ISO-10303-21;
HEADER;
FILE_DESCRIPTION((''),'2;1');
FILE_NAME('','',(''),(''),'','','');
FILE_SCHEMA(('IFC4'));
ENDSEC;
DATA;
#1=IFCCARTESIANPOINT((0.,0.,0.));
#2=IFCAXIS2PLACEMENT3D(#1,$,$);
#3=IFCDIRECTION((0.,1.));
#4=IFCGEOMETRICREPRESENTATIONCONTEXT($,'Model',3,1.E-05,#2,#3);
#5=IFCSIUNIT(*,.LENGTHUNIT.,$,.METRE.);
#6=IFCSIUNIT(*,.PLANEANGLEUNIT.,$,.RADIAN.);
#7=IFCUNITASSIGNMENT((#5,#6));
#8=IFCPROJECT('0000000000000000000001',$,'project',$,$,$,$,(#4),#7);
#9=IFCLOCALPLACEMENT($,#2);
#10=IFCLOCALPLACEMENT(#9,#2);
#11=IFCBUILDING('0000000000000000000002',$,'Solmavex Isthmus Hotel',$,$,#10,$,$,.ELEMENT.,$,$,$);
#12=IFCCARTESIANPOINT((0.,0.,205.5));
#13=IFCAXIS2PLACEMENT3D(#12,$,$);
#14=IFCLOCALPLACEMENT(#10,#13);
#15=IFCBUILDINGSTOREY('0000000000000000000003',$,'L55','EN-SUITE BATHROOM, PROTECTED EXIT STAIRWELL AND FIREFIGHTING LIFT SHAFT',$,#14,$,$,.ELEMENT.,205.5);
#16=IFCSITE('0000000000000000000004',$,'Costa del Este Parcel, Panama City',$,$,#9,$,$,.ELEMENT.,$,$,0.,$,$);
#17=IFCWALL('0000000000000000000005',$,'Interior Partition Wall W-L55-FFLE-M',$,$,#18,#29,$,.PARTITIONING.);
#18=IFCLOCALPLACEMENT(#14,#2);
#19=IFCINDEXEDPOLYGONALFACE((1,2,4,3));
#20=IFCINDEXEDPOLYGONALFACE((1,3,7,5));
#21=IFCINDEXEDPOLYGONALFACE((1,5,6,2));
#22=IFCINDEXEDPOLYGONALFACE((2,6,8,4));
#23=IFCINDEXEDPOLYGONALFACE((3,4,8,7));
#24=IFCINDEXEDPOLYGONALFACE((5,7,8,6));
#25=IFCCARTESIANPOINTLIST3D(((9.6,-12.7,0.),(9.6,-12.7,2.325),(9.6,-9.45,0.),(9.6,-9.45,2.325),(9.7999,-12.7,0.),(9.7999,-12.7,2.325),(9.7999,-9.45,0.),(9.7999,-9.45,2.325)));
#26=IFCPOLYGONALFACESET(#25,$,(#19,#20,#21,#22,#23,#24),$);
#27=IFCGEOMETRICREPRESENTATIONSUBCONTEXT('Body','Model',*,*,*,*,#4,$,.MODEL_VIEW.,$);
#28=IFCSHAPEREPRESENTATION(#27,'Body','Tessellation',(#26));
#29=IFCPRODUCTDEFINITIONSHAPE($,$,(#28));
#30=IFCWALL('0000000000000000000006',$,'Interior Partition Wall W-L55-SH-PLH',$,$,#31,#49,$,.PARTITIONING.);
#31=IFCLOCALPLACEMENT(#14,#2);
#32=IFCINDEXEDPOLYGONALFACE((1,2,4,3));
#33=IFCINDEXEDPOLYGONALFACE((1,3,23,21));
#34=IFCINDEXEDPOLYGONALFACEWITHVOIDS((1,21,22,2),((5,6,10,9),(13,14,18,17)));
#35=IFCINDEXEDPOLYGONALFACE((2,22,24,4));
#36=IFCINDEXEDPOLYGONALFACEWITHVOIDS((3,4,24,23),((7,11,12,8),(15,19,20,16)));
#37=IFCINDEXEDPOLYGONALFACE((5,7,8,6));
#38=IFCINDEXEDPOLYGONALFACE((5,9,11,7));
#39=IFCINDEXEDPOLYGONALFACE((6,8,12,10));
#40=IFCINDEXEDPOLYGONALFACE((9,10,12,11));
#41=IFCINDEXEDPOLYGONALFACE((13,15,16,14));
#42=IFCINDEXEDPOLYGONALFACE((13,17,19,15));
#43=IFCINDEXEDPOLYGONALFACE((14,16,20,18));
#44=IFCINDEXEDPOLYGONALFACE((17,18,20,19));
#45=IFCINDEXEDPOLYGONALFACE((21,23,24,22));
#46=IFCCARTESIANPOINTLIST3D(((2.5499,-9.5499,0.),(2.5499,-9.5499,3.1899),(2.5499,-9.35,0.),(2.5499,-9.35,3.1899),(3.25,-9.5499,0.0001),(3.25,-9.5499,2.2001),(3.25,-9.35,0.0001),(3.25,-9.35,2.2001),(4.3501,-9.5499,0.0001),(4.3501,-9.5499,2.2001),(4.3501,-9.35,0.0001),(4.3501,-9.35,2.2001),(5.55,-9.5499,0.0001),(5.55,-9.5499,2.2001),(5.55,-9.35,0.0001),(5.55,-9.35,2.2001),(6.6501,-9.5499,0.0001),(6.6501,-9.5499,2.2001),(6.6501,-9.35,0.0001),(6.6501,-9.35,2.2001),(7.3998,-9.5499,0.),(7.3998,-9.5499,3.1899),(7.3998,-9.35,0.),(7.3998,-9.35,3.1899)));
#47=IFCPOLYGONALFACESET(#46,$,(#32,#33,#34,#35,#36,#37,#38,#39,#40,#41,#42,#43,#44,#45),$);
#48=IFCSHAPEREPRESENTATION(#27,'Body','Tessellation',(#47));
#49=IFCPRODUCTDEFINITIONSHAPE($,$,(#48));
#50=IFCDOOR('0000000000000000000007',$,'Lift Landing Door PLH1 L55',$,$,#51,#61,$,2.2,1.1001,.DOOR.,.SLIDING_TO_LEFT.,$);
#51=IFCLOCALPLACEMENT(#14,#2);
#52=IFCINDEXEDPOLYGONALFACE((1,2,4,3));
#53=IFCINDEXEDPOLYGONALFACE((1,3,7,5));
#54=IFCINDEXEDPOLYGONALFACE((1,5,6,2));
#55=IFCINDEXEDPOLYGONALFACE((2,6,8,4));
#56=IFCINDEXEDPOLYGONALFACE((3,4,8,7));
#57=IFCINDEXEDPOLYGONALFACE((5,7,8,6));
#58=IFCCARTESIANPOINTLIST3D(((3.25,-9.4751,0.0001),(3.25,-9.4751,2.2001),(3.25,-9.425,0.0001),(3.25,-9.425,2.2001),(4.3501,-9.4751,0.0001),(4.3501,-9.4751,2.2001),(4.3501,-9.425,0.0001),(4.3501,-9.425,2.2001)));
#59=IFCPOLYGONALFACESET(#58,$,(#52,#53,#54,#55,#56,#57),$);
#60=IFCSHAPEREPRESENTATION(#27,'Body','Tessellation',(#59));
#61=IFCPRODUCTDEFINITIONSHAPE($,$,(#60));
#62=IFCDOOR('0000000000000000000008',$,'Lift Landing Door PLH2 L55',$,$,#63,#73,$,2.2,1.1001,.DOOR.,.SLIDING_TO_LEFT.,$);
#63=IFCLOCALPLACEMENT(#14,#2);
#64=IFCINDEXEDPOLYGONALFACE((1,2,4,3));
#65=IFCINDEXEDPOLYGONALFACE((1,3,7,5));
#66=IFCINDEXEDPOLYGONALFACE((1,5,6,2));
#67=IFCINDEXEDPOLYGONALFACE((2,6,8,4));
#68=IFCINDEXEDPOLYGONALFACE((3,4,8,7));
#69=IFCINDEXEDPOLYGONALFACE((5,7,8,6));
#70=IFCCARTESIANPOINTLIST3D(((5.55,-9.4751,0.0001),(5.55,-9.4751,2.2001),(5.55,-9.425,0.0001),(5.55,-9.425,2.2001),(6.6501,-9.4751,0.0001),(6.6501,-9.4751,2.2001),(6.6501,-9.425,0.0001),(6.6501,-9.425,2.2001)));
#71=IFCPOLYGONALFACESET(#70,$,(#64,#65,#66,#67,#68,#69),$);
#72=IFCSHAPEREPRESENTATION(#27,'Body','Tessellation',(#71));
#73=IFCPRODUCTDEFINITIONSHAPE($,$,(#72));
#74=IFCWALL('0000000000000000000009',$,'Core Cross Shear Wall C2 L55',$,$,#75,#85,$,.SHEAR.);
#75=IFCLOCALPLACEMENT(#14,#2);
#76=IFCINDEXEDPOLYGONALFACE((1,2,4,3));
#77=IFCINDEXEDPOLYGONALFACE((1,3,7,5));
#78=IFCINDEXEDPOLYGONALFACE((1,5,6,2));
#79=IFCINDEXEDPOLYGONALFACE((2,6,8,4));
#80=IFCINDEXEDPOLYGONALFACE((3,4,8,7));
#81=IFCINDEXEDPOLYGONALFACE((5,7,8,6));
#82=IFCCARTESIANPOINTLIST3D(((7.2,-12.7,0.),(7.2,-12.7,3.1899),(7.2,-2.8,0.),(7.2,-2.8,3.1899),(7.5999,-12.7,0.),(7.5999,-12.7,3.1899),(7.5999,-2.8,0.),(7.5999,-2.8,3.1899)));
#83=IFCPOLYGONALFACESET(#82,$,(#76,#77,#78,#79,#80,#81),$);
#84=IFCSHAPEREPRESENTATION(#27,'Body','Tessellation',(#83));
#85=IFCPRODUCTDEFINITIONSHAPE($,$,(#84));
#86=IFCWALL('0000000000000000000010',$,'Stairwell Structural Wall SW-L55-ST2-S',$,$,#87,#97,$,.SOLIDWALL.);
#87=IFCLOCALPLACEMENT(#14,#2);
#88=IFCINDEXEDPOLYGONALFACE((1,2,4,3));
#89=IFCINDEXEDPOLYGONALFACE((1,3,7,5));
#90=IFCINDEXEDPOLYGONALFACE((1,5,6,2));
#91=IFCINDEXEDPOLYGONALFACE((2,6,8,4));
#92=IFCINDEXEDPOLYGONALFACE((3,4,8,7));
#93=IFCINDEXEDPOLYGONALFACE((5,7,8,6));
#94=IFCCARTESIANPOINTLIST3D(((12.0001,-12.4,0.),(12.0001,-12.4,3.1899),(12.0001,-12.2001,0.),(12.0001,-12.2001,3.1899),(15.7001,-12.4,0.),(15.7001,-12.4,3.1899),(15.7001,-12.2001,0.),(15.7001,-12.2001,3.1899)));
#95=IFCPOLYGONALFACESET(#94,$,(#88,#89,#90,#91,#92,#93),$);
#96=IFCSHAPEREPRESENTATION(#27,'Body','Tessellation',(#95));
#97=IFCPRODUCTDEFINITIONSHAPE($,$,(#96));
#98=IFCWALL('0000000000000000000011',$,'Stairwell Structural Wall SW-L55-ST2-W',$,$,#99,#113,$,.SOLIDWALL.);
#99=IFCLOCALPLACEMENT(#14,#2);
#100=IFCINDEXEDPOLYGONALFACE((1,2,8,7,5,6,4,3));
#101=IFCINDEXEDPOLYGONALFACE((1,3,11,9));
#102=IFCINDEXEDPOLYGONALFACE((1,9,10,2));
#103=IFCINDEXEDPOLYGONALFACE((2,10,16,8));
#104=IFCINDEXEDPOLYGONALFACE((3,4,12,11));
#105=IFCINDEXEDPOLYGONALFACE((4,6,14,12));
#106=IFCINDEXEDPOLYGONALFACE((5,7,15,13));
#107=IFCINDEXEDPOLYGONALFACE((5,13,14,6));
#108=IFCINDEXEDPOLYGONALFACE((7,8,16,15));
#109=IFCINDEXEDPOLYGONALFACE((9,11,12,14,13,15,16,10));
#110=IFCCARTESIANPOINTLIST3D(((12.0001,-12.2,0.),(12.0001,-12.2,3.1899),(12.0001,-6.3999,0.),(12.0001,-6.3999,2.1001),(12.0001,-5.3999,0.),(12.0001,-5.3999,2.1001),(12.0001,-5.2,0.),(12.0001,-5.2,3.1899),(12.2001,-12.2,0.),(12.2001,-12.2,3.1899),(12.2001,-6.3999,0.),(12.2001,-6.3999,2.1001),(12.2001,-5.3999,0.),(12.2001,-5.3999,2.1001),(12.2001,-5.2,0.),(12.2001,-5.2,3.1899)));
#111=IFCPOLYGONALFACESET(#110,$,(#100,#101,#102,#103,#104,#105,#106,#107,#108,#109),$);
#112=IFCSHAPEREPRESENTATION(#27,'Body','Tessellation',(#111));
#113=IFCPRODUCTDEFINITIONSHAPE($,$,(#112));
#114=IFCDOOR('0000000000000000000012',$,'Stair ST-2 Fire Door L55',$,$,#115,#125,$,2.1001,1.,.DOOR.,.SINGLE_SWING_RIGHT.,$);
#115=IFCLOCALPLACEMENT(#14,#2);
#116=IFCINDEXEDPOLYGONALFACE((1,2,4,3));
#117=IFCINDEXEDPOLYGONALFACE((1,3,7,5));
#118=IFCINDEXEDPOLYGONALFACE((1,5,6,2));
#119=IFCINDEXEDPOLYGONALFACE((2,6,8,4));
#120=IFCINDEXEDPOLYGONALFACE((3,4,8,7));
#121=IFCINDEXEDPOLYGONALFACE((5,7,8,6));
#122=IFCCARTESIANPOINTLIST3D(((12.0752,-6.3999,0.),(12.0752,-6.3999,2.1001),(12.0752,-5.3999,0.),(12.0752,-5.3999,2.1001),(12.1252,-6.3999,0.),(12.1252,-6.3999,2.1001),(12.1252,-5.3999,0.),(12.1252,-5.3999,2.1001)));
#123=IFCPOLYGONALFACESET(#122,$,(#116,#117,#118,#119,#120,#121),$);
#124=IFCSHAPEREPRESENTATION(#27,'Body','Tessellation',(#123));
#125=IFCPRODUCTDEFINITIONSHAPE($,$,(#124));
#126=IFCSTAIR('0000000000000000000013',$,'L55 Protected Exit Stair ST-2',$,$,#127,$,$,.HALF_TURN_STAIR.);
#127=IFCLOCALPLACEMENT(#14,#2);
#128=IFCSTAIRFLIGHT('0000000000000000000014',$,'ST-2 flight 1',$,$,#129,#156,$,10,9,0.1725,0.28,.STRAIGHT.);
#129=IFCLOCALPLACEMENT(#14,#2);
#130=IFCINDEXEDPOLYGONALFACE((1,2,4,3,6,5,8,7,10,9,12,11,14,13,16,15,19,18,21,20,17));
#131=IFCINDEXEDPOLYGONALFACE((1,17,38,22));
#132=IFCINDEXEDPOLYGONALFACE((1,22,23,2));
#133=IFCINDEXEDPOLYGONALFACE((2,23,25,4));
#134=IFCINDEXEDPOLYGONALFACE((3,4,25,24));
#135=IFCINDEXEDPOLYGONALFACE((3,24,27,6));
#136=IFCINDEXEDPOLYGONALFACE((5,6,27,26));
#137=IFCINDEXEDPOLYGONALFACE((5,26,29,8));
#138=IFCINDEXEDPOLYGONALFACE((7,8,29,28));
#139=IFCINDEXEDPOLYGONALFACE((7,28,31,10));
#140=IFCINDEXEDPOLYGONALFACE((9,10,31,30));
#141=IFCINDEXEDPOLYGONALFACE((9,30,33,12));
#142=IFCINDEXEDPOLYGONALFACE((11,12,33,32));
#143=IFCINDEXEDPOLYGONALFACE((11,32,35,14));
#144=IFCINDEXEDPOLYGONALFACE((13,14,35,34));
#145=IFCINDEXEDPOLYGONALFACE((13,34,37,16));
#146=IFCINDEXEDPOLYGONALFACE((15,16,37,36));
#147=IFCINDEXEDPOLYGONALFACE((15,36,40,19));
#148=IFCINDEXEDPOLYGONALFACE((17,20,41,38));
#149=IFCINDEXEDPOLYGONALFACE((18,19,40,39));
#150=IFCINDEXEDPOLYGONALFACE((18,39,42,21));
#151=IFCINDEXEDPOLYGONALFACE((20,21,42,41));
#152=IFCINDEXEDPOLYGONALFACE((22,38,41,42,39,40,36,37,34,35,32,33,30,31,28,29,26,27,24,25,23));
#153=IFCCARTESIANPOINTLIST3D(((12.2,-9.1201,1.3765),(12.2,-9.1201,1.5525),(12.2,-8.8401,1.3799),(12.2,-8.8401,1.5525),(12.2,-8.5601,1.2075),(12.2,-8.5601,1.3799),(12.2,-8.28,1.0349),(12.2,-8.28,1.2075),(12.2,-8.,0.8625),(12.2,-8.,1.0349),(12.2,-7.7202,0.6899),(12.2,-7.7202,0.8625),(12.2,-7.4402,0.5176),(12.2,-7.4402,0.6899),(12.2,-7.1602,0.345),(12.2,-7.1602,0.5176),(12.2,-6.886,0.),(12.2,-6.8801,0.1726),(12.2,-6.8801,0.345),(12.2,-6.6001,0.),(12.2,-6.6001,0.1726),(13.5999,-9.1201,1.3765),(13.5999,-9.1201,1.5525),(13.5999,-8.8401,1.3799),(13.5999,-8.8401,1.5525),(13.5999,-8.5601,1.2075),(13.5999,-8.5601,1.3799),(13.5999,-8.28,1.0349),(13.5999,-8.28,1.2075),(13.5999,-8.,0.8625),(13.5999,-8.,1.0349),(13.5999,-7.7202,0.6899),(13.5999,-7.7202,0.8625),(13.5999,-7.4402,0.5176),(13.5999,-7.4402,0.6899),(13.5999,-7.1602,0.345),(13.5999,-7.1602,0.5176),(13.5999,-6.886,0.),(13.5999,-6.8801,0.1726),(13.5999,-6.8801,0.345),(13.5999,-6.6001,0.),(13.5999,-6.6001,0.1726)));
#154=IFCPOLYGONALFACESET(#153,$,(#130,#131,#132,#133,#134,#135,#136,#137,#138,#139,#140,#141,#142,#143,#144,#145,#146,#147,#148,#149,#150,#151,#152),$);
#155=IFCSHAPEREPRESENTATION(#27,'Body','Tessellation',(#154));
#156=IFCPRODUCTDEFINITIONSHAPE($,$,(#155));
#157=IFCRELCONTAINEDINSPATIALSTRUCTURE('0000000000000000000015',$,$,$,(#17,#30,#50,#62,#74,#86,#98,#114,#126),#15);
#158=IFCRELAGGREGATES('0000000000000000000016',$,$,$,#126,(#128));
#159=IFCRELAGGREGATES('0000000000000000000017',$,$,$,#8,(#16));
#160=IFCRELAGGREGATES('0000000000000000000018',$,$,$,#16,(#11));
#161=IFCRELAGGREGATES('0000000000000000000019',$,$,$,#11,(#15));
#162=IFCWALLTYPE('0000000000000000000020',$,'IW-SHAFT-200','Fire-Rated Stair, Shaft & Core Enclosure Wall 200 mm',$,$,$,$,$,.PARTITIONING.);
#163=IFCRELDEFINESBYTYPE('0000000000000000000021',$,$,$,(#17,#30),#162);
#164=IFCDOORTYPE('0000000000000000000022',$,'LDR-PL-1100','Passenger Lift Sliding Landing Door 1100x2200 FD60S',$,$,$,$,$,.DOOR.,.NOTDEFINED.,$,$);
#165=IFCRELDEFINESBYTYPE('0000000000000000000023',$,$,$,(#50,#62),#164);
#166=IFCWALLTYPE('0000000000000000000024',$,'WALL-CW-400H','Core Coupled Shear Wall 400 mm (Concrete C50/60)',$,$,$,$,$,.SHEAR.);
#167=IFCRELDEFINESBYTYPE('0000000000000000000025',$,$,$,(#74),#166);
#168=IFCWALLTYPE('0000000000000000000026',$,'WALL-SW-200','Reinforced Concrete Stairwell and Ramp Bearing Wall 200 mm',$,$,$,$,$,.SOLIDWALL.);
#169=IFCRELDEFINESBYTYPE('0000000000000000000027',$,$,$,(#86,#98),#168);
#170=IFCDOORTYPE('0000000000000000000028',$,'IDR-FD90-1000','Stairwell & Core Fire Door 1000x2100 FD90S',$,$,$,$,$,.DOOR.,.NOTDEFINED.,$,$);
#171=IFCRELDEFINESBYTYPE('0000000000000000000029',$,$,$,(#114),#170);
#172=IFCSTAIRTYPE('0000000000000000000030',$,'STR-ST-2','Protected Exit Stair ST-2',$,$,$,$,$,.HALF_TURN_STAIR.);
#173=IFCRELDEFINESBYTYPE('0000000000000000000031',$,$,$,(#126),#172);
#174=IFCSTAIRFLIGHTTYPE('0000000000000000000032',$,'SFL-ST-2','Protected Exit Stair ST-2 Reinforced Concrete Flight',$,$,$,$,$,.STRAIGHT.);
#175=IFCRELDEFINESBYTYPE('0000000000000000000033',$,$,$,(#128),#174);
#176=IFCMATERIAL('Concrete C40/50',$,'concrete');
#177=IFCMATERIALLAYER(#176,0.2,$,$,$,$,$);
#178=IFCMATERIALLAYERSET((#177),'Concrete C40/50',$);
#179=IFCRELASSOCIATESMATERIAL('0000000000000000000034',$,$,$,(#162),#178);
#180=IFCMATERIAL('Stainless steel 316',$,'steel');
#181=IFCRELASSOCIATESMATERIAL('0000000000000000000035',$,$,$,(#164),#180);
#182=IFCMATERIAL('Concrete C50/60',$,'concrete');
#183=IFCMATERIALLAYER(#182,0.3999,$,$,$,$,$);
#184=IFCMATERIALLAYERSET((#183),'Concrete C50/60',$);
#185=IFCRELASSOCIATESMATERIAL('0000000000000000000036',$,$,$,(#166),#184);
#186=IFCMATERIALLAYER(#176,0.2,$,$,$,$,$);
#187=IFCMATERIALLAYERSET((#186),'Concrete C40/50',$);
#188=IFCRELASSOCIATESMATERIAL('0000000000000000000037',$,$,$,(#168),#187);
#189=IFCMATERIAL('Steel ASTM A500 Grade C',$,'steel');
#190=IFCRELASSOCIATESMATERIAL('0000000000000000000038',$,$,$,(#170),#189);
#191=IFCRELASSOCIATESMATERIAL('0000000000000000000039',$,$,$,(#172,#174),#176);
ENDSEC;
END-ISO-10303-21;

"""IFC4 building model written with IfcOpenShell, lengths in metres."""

from ifc_helpers import new_model, si_unit, direction, frame, frame_2d, origin, place, context, subcontext, project, spatial, polyline, rectangle, outline, extrude, material, layer, layer_set, type_object, element, fill, aggregate, save


model = new_model("IFC4")

# Units and contexts
model_context = context("Model", 3, precision=1e-05, world=origin(), true_north=direction((0.0, 1.0)))
body_context = subcontext(model_context, "Body", "Model", "MODEL_VIEW")
ifc_project = project(units=[si_unit("LENGTHUNIT", "METRE"), si_unit("PLANEANGLEUNIT", "RADIAN")], contexts=[model_context])

# Site, building, storey
site_placement = place(None, origin())
site = spatial("IfcSite", under=ifc_project, at=site_placement, Name="Costa del Este Parcel, Panama City", CompositionType="ELEMENT", RefElevation=0.0)
building_placement = place(site_placement, origin())
building = spatial("IfcBuilding", under=site, at=building_placement, Name="Solmavex Isthmus Hotel", CompositionType="ELEMENT")
storey_placement = place(building_placement, frame((0.0, 0.0, 205.5)))
storey = spatial("IfcBuildingStorey", under=building, at=storey_placement, Name="L55", Description="EN-SUITE BATHROOM, PROTECTED EXIT STAIRWELL AND FIREFIGHTING LIFT SHAFT", CompositionType="ELEMENT", Elevation=205.5)

# Shared definitions
ifc_material_1 = material(Name="Concrete C50/60", Category="concrete")

# Shared definitions
ifc_material_2 = material(Name="Steel ASTM A500 Grade C", Category="steel")

# Shared definitions
ifc_material_3 = material(Name="Concrete C40/50", Category="concrete")

# Shared definitions
ifc_layer_1 = layer(ifc_material_3, 0.2)
ifc_layer_set_1 = layer_set([ifc_layer_1], Name="Concrete C40/50")
wall_type_1 = type_object("IfcWallType", Name="IW-SHAFT-200", Description="Fire-Rated Stair, Shaft & Core Enclosure Wall 200 mm", PredefinedType="PARTITIONING", material=ifc_layer_set_1)
ifc_material_4 = material(Name="Stainless steel 316", Category="steel")

# Wall
wall_1_placement = place(storey_placement, frame((9.7, -12.7, 0.0), z_axis=(0.0, 0.0, 1.0), x_axis=(0.0, 1.0, 0.0)))
element("IfcWall", 1, at=wall_1_placement, inside=storey, type_object=wall_type_1, Name="Interior Partition Wall W-L55-FFLE-M", PredefinedType="PARTITIONING", context=body_context, shape_type="SweptSolid", body=[
    extrude(rectangle(XDim=3.25, YDim=0.2, at=frame_2d((1.625, 0.0))), origin(), (0.0, 0.0, 1.0), 2.325),
])

# Wall, openings, doors
wall_2_placement = place(storey_placement, frame((2.55, -9.45, 0.0), z_axis=(0.0, 0.0, 1.0), x_axis=(1.0, 0.0, 0.0)))
wall_2 = element("IfcWall", 2, at=wall_2_placement, inside=storey, type_object=wall_type_1, Name="Interior Partition Wall W-L55-SH-PLH", PredefinedType="PARTITIONING", context=body_context, shape_type="SweptSolid", body=[
    extrude(rectangle(XDim=4.8499, YDim=0.2, at=frame_2d((2.4248, 0.0))), origin(), (0.0, 0.0, 1.0), 3.1899),
])
opening_1_placement = place(wall_2_placement, frame((0.7, 0.0, 0.0)))
opening_1 = element("IfcOpeningElement", 3, at=opening_1_placement, cuts=wall_2, PredefinedType="OPENING", context=body_context, shape_type="SweptSolid", body=[
    extrude(rectangle(XDim=1.1001, YDim=2.2, at=frame_2d((0.55, 1.1001))), frame((0.0, 0.1099, 0.0), z_axis=(0.0, -1.0, 0.0), x_axis=(1.0, 0.0, 0.0)), (0.0, 0.0, 1.0), 0.22),
])
opening_2_placement = place(wall_2_placement, frame((3.0, 0.0, 0.0)))
opening_2 = element("IfcOpeningElement", 4, at=opening_2_placement, cuts=wall_2, PredefinedType="OPENING", context=body_context, shape_type="SweptSolid", body=[
    extrude(rectangle(XDim=1.1001, YDim=2.2, at=frame_2d((0.55, 1.1001))), frame((0.0, 0.1099, 0.0), z_axis=(0.0, -1.0, 0.0), x_axis=(1.0, 0.0, 0.0)), (0.0, 0.0, 1.0), 0.22),
])
door_type_1 = type_object("IfcDoorType", Name="LDR-PL-1100", Description="Passenger Lift Sliding Landing Door 1100x2200 FD60S", OperationType="NOTDEFINED", PredefinedType="DOOR", material=ifc_material_4)
door_1_placement = place(opening_1_placement, origin())
door_1 = element("IfcDoor", 5, at=door_1_placement, inside=storey, type_object=door_type_1, Name="Lift Landing Door PLH1 L55", OperationType="SLIDING_TO_LEFT", OverallHeight=2.2, OverallWidth=1.1001, PredefinedType="DOOR", context=body_context, shape_type="SweptSolid", body=[
    extrude(rectangle(XDim=1.1001, YDim=2.2, at=frame_2d((0.55, 1.1001))), frame((0.0, 0.0249, 0.0), z_axis=(0.0, -1.0, 0.0), x_axis=(1.0, 0.0, 0.0)), (0.0, 0.0, 1.0), 0.05),
])
fill(opening_1, door_1)
door_2_placement = place(opening_2_placement, origin())
door_2 = element("IfcDoor", 6, at=door_2_placement, inside=storey, type_object=door_type_1, Name="Lift Landing Door PLH2 L55", OperationType="SLIDING_TO_LEFT", OverallHeight=2.2, OverallWidth=1.1001, PredefinedType="DOOR", context=body_context, shape_type="SweptSolid", body=[
    extrude(rectangle(XDim=1.1001, YDim=2.2, at=frame_2d((0.55, 1.1001))), frame((0.0, 0.0249, 0.0), z_axis=(0.0, -1.0, 0.0), x_axis=(1.0, 0.0, 0.0)), (0.0, 0.0, 1.0), 0.05),
])
fill(opening_2, door_2)

# Walls
ifc_layer_2 = layer(ifc_material_1, 0.3999)
ifc_layer_set_2 = layer_set([ifc_layer_2], Name="Concrete C50/60")
wall_type_2 = type_object("IfcWallType", Name="WALL-CW-400H", Description="Core Coupled Shear Wall 400 mm (Concrete C50/60)", PredefinedType="SHEAR", material=ifc_layer_set_2)
wall_3_placement = place(storey_placement, frame((7.3999, -12.7, 0.0), z_axis=(0.0, 0.0, 1.0), x_axis=(0.0, 1.0, 0.0)))
element("IfcWall", 7, at=wall_3_placement, inside=storey, type_object=wall_type_2, Name="Core Cross Shear Wall C2 L55", PredefinedType="SHEAR", context=body_context, shape_type="SweptSolid", body=[
    extrude(rectangle(XDim=9.8999, YDim=0.3999, at=frame_2d((4.95, 0.0))), origin(), (0.0, 0.0, 1.0), 3.1899),
])
ifc_layer_3 = layer(ifc_material_3, 0.2)
ifc_layer_set_3 = layer_set([ifc_layer_3], Name="Concrete C40/50")
wall_type_3 = type_object("IfcWallType", Name="WALL-SW-200", Description="Reinforced Concrete Stairwell and Ramp Bearing Wall 200 mm", PredefinedType="SOLIDWALL", material=ifc_layer_set_3)
wall_4_placement = place(storey_placement, frame((12.0, -12.3, 0.0), z_axis=(0.0, 0.0, 1.0), x_axis=(1.0, 0.0, 0.0)))
element("IfcWall", 8, at=wall_4_placement, inside=storey, type_object=wall_type_3, Name="Stairwell Structural Wall SW-L55-ST2-S", PredefinedType="SOLIDWALL", context=body_context, shape_type="SweptSolid", body=[
    extrude(rectangle(XDim=3.7, YDim=0.2, at=frame_2d((1.8501, 0.0))), origin(), (0.0, 0.0, 1.0), 3.1899),
])

# Wall, opening, door
wall_5_placement = place(storey_placement, frame((12.1001, -12.2, 0.0), z_axis=(0.0, 0.0, 1.0), x_axis=(0.0, 1.0, 0.0)))
wall_5 = element("IfcWall", 9, at=wall_5_placement, inside=storey, type_object=wall_type_3, Name="Stairwell Structural Wall SW-L55-ST2-W", PredefinedType="SOLIDWALL", context=body_context, shape_type="SweptSolid", body=[
    extrude(rectangle(XDim=7.0, YDim=0.2, at=frame_2d((3.5, 0.0))), origin(), (0.0, 0.0, 1.0), 3.1899),
])
opening_3_placement = place(wall_5_placement, frame((5.8, 0.0, 0.0)))
opening_3 = element("IfcOpeningElement", 10, at=opening_3_placement, cuts=wall_5, PredefinedType="OPENING", context=body_context, shape_type="SweptSolid", body=[
    extrude(rectangle(XDim=1.0, YDim=2.1001, at=frame_2d((0.5, 1.05))), frame((0.0, 0.1099, 0.0), z_axis=(0.0, -1.0, 0.0), x_axis=(1.0, 0.0, 0.0)), (0.0, 0.0, 1.0), 0.22),
])
door_type_2 = type_object("IfcDoorType", Name="IDR-FD90-1000", Description="Stairwell & Core Fire Door 1000x2100 FD90S", OperationType="NOTDEFINED", PredefinedType="DOOR", material=ifc_material_2)
door_3_placement = place(opening_3_placement, origin())
door_3 = element("IfcDoor", 11, at=door_3_placement, inside=storey, type_object=door_type_2, Name="Stair ST-2 Fire Door L55", OperationType="SINGLE_SWING_RIGHT", OverallHeight=2.1001, OverallWidth=1.0, PredefinedType="DOOR", context=body_context, shape_type="SweptSolid", body=[
    extrude(rectangle(XDim=1.0, YDim=2.1001, at=frame_2d((0.5, 1.05))), frame((0.0, 0.0249, 0.0), z_axis=(0.0, -1.0, 0.0), x_axis=(1.0, 0.0, 0.0)), (0.0, 0.0, 1.0), 0.05),
])
fill(opening_3, door_3)

# Stair, stair flight
stair_type = type_object("IfcStairType", Name="STR-ST-2", Description="Protected Exit Stair ST-2", PredefinedType="HALF_TURN_STAIR", material=ifc_material_3)
stair_placement = place(storey_placement, origin())
stair = element("IfcStair", 12, at=stair_placement, inside=storey, type_object=stair_type, Name="L55 Protected Exit Stair ST-2", PredefinedType="HALF_TURN_STAIR")
stair_flight_type = type_object("IfcStairFlightType", Name="SFL-ST-2", Description="Protected Exit Stair ST-2 Reinforced Concrete Flight", PredefinedType="STRAIGHT", material=ifc_material_3)
stair_flight_placement = place(storey_placement, frame((12.8999, -6.6001, 0.0), z_axis=(0.0, 0.0, 1.0), x_axis=(0.0, -1.0, 0.0)))
stair_flight = element("IfcStairFlight", 13, at=stair_flight_placement, type_object=stair_flight_type, Name="ST-2 flight 1", NumberOfRisers=10, NumberOfTreads=9, PredefinedType="STRAIGHT", RiserHeight=0.1725, TreadLength=0.28, context=body_context, shape_type="SweptSolid", body=[
    extrude(outline(polyline([(0.0, 0.0), (0.0, 0.1726), (0.28, 0.1726), (0.28, 0.345), (0.5601, 0.345), (0.5601, 0.5176), (0.8401, 0.5176), (0.8401, 0.6899), (1.1201, 0.6899), (1.1201, 0.8625), (1.3999, 0.8625), (1.3999, 1.0349), (1.6799, 1.0349), (1.6799, 1.2075), (1.96, 1.2075), (1.96, 1.3799), (2.24, 1.3799), (2.24, 1.5525), (2.52, 1.5525), (2.52, 1.7251), (2.52, 1.3765), (0.2859, 0.0), (0.0, 0.0)])), frame((0.0, 0.7, 0.0), z_axis=(0.0, -1.0, 0.0), x_axis=(1.0, 0.0, 0.0)), (0.0, 0.0, 1.0), 1.3999),
])
aggregate(stair, [stair_flight])

save(model, "model.ifc")
